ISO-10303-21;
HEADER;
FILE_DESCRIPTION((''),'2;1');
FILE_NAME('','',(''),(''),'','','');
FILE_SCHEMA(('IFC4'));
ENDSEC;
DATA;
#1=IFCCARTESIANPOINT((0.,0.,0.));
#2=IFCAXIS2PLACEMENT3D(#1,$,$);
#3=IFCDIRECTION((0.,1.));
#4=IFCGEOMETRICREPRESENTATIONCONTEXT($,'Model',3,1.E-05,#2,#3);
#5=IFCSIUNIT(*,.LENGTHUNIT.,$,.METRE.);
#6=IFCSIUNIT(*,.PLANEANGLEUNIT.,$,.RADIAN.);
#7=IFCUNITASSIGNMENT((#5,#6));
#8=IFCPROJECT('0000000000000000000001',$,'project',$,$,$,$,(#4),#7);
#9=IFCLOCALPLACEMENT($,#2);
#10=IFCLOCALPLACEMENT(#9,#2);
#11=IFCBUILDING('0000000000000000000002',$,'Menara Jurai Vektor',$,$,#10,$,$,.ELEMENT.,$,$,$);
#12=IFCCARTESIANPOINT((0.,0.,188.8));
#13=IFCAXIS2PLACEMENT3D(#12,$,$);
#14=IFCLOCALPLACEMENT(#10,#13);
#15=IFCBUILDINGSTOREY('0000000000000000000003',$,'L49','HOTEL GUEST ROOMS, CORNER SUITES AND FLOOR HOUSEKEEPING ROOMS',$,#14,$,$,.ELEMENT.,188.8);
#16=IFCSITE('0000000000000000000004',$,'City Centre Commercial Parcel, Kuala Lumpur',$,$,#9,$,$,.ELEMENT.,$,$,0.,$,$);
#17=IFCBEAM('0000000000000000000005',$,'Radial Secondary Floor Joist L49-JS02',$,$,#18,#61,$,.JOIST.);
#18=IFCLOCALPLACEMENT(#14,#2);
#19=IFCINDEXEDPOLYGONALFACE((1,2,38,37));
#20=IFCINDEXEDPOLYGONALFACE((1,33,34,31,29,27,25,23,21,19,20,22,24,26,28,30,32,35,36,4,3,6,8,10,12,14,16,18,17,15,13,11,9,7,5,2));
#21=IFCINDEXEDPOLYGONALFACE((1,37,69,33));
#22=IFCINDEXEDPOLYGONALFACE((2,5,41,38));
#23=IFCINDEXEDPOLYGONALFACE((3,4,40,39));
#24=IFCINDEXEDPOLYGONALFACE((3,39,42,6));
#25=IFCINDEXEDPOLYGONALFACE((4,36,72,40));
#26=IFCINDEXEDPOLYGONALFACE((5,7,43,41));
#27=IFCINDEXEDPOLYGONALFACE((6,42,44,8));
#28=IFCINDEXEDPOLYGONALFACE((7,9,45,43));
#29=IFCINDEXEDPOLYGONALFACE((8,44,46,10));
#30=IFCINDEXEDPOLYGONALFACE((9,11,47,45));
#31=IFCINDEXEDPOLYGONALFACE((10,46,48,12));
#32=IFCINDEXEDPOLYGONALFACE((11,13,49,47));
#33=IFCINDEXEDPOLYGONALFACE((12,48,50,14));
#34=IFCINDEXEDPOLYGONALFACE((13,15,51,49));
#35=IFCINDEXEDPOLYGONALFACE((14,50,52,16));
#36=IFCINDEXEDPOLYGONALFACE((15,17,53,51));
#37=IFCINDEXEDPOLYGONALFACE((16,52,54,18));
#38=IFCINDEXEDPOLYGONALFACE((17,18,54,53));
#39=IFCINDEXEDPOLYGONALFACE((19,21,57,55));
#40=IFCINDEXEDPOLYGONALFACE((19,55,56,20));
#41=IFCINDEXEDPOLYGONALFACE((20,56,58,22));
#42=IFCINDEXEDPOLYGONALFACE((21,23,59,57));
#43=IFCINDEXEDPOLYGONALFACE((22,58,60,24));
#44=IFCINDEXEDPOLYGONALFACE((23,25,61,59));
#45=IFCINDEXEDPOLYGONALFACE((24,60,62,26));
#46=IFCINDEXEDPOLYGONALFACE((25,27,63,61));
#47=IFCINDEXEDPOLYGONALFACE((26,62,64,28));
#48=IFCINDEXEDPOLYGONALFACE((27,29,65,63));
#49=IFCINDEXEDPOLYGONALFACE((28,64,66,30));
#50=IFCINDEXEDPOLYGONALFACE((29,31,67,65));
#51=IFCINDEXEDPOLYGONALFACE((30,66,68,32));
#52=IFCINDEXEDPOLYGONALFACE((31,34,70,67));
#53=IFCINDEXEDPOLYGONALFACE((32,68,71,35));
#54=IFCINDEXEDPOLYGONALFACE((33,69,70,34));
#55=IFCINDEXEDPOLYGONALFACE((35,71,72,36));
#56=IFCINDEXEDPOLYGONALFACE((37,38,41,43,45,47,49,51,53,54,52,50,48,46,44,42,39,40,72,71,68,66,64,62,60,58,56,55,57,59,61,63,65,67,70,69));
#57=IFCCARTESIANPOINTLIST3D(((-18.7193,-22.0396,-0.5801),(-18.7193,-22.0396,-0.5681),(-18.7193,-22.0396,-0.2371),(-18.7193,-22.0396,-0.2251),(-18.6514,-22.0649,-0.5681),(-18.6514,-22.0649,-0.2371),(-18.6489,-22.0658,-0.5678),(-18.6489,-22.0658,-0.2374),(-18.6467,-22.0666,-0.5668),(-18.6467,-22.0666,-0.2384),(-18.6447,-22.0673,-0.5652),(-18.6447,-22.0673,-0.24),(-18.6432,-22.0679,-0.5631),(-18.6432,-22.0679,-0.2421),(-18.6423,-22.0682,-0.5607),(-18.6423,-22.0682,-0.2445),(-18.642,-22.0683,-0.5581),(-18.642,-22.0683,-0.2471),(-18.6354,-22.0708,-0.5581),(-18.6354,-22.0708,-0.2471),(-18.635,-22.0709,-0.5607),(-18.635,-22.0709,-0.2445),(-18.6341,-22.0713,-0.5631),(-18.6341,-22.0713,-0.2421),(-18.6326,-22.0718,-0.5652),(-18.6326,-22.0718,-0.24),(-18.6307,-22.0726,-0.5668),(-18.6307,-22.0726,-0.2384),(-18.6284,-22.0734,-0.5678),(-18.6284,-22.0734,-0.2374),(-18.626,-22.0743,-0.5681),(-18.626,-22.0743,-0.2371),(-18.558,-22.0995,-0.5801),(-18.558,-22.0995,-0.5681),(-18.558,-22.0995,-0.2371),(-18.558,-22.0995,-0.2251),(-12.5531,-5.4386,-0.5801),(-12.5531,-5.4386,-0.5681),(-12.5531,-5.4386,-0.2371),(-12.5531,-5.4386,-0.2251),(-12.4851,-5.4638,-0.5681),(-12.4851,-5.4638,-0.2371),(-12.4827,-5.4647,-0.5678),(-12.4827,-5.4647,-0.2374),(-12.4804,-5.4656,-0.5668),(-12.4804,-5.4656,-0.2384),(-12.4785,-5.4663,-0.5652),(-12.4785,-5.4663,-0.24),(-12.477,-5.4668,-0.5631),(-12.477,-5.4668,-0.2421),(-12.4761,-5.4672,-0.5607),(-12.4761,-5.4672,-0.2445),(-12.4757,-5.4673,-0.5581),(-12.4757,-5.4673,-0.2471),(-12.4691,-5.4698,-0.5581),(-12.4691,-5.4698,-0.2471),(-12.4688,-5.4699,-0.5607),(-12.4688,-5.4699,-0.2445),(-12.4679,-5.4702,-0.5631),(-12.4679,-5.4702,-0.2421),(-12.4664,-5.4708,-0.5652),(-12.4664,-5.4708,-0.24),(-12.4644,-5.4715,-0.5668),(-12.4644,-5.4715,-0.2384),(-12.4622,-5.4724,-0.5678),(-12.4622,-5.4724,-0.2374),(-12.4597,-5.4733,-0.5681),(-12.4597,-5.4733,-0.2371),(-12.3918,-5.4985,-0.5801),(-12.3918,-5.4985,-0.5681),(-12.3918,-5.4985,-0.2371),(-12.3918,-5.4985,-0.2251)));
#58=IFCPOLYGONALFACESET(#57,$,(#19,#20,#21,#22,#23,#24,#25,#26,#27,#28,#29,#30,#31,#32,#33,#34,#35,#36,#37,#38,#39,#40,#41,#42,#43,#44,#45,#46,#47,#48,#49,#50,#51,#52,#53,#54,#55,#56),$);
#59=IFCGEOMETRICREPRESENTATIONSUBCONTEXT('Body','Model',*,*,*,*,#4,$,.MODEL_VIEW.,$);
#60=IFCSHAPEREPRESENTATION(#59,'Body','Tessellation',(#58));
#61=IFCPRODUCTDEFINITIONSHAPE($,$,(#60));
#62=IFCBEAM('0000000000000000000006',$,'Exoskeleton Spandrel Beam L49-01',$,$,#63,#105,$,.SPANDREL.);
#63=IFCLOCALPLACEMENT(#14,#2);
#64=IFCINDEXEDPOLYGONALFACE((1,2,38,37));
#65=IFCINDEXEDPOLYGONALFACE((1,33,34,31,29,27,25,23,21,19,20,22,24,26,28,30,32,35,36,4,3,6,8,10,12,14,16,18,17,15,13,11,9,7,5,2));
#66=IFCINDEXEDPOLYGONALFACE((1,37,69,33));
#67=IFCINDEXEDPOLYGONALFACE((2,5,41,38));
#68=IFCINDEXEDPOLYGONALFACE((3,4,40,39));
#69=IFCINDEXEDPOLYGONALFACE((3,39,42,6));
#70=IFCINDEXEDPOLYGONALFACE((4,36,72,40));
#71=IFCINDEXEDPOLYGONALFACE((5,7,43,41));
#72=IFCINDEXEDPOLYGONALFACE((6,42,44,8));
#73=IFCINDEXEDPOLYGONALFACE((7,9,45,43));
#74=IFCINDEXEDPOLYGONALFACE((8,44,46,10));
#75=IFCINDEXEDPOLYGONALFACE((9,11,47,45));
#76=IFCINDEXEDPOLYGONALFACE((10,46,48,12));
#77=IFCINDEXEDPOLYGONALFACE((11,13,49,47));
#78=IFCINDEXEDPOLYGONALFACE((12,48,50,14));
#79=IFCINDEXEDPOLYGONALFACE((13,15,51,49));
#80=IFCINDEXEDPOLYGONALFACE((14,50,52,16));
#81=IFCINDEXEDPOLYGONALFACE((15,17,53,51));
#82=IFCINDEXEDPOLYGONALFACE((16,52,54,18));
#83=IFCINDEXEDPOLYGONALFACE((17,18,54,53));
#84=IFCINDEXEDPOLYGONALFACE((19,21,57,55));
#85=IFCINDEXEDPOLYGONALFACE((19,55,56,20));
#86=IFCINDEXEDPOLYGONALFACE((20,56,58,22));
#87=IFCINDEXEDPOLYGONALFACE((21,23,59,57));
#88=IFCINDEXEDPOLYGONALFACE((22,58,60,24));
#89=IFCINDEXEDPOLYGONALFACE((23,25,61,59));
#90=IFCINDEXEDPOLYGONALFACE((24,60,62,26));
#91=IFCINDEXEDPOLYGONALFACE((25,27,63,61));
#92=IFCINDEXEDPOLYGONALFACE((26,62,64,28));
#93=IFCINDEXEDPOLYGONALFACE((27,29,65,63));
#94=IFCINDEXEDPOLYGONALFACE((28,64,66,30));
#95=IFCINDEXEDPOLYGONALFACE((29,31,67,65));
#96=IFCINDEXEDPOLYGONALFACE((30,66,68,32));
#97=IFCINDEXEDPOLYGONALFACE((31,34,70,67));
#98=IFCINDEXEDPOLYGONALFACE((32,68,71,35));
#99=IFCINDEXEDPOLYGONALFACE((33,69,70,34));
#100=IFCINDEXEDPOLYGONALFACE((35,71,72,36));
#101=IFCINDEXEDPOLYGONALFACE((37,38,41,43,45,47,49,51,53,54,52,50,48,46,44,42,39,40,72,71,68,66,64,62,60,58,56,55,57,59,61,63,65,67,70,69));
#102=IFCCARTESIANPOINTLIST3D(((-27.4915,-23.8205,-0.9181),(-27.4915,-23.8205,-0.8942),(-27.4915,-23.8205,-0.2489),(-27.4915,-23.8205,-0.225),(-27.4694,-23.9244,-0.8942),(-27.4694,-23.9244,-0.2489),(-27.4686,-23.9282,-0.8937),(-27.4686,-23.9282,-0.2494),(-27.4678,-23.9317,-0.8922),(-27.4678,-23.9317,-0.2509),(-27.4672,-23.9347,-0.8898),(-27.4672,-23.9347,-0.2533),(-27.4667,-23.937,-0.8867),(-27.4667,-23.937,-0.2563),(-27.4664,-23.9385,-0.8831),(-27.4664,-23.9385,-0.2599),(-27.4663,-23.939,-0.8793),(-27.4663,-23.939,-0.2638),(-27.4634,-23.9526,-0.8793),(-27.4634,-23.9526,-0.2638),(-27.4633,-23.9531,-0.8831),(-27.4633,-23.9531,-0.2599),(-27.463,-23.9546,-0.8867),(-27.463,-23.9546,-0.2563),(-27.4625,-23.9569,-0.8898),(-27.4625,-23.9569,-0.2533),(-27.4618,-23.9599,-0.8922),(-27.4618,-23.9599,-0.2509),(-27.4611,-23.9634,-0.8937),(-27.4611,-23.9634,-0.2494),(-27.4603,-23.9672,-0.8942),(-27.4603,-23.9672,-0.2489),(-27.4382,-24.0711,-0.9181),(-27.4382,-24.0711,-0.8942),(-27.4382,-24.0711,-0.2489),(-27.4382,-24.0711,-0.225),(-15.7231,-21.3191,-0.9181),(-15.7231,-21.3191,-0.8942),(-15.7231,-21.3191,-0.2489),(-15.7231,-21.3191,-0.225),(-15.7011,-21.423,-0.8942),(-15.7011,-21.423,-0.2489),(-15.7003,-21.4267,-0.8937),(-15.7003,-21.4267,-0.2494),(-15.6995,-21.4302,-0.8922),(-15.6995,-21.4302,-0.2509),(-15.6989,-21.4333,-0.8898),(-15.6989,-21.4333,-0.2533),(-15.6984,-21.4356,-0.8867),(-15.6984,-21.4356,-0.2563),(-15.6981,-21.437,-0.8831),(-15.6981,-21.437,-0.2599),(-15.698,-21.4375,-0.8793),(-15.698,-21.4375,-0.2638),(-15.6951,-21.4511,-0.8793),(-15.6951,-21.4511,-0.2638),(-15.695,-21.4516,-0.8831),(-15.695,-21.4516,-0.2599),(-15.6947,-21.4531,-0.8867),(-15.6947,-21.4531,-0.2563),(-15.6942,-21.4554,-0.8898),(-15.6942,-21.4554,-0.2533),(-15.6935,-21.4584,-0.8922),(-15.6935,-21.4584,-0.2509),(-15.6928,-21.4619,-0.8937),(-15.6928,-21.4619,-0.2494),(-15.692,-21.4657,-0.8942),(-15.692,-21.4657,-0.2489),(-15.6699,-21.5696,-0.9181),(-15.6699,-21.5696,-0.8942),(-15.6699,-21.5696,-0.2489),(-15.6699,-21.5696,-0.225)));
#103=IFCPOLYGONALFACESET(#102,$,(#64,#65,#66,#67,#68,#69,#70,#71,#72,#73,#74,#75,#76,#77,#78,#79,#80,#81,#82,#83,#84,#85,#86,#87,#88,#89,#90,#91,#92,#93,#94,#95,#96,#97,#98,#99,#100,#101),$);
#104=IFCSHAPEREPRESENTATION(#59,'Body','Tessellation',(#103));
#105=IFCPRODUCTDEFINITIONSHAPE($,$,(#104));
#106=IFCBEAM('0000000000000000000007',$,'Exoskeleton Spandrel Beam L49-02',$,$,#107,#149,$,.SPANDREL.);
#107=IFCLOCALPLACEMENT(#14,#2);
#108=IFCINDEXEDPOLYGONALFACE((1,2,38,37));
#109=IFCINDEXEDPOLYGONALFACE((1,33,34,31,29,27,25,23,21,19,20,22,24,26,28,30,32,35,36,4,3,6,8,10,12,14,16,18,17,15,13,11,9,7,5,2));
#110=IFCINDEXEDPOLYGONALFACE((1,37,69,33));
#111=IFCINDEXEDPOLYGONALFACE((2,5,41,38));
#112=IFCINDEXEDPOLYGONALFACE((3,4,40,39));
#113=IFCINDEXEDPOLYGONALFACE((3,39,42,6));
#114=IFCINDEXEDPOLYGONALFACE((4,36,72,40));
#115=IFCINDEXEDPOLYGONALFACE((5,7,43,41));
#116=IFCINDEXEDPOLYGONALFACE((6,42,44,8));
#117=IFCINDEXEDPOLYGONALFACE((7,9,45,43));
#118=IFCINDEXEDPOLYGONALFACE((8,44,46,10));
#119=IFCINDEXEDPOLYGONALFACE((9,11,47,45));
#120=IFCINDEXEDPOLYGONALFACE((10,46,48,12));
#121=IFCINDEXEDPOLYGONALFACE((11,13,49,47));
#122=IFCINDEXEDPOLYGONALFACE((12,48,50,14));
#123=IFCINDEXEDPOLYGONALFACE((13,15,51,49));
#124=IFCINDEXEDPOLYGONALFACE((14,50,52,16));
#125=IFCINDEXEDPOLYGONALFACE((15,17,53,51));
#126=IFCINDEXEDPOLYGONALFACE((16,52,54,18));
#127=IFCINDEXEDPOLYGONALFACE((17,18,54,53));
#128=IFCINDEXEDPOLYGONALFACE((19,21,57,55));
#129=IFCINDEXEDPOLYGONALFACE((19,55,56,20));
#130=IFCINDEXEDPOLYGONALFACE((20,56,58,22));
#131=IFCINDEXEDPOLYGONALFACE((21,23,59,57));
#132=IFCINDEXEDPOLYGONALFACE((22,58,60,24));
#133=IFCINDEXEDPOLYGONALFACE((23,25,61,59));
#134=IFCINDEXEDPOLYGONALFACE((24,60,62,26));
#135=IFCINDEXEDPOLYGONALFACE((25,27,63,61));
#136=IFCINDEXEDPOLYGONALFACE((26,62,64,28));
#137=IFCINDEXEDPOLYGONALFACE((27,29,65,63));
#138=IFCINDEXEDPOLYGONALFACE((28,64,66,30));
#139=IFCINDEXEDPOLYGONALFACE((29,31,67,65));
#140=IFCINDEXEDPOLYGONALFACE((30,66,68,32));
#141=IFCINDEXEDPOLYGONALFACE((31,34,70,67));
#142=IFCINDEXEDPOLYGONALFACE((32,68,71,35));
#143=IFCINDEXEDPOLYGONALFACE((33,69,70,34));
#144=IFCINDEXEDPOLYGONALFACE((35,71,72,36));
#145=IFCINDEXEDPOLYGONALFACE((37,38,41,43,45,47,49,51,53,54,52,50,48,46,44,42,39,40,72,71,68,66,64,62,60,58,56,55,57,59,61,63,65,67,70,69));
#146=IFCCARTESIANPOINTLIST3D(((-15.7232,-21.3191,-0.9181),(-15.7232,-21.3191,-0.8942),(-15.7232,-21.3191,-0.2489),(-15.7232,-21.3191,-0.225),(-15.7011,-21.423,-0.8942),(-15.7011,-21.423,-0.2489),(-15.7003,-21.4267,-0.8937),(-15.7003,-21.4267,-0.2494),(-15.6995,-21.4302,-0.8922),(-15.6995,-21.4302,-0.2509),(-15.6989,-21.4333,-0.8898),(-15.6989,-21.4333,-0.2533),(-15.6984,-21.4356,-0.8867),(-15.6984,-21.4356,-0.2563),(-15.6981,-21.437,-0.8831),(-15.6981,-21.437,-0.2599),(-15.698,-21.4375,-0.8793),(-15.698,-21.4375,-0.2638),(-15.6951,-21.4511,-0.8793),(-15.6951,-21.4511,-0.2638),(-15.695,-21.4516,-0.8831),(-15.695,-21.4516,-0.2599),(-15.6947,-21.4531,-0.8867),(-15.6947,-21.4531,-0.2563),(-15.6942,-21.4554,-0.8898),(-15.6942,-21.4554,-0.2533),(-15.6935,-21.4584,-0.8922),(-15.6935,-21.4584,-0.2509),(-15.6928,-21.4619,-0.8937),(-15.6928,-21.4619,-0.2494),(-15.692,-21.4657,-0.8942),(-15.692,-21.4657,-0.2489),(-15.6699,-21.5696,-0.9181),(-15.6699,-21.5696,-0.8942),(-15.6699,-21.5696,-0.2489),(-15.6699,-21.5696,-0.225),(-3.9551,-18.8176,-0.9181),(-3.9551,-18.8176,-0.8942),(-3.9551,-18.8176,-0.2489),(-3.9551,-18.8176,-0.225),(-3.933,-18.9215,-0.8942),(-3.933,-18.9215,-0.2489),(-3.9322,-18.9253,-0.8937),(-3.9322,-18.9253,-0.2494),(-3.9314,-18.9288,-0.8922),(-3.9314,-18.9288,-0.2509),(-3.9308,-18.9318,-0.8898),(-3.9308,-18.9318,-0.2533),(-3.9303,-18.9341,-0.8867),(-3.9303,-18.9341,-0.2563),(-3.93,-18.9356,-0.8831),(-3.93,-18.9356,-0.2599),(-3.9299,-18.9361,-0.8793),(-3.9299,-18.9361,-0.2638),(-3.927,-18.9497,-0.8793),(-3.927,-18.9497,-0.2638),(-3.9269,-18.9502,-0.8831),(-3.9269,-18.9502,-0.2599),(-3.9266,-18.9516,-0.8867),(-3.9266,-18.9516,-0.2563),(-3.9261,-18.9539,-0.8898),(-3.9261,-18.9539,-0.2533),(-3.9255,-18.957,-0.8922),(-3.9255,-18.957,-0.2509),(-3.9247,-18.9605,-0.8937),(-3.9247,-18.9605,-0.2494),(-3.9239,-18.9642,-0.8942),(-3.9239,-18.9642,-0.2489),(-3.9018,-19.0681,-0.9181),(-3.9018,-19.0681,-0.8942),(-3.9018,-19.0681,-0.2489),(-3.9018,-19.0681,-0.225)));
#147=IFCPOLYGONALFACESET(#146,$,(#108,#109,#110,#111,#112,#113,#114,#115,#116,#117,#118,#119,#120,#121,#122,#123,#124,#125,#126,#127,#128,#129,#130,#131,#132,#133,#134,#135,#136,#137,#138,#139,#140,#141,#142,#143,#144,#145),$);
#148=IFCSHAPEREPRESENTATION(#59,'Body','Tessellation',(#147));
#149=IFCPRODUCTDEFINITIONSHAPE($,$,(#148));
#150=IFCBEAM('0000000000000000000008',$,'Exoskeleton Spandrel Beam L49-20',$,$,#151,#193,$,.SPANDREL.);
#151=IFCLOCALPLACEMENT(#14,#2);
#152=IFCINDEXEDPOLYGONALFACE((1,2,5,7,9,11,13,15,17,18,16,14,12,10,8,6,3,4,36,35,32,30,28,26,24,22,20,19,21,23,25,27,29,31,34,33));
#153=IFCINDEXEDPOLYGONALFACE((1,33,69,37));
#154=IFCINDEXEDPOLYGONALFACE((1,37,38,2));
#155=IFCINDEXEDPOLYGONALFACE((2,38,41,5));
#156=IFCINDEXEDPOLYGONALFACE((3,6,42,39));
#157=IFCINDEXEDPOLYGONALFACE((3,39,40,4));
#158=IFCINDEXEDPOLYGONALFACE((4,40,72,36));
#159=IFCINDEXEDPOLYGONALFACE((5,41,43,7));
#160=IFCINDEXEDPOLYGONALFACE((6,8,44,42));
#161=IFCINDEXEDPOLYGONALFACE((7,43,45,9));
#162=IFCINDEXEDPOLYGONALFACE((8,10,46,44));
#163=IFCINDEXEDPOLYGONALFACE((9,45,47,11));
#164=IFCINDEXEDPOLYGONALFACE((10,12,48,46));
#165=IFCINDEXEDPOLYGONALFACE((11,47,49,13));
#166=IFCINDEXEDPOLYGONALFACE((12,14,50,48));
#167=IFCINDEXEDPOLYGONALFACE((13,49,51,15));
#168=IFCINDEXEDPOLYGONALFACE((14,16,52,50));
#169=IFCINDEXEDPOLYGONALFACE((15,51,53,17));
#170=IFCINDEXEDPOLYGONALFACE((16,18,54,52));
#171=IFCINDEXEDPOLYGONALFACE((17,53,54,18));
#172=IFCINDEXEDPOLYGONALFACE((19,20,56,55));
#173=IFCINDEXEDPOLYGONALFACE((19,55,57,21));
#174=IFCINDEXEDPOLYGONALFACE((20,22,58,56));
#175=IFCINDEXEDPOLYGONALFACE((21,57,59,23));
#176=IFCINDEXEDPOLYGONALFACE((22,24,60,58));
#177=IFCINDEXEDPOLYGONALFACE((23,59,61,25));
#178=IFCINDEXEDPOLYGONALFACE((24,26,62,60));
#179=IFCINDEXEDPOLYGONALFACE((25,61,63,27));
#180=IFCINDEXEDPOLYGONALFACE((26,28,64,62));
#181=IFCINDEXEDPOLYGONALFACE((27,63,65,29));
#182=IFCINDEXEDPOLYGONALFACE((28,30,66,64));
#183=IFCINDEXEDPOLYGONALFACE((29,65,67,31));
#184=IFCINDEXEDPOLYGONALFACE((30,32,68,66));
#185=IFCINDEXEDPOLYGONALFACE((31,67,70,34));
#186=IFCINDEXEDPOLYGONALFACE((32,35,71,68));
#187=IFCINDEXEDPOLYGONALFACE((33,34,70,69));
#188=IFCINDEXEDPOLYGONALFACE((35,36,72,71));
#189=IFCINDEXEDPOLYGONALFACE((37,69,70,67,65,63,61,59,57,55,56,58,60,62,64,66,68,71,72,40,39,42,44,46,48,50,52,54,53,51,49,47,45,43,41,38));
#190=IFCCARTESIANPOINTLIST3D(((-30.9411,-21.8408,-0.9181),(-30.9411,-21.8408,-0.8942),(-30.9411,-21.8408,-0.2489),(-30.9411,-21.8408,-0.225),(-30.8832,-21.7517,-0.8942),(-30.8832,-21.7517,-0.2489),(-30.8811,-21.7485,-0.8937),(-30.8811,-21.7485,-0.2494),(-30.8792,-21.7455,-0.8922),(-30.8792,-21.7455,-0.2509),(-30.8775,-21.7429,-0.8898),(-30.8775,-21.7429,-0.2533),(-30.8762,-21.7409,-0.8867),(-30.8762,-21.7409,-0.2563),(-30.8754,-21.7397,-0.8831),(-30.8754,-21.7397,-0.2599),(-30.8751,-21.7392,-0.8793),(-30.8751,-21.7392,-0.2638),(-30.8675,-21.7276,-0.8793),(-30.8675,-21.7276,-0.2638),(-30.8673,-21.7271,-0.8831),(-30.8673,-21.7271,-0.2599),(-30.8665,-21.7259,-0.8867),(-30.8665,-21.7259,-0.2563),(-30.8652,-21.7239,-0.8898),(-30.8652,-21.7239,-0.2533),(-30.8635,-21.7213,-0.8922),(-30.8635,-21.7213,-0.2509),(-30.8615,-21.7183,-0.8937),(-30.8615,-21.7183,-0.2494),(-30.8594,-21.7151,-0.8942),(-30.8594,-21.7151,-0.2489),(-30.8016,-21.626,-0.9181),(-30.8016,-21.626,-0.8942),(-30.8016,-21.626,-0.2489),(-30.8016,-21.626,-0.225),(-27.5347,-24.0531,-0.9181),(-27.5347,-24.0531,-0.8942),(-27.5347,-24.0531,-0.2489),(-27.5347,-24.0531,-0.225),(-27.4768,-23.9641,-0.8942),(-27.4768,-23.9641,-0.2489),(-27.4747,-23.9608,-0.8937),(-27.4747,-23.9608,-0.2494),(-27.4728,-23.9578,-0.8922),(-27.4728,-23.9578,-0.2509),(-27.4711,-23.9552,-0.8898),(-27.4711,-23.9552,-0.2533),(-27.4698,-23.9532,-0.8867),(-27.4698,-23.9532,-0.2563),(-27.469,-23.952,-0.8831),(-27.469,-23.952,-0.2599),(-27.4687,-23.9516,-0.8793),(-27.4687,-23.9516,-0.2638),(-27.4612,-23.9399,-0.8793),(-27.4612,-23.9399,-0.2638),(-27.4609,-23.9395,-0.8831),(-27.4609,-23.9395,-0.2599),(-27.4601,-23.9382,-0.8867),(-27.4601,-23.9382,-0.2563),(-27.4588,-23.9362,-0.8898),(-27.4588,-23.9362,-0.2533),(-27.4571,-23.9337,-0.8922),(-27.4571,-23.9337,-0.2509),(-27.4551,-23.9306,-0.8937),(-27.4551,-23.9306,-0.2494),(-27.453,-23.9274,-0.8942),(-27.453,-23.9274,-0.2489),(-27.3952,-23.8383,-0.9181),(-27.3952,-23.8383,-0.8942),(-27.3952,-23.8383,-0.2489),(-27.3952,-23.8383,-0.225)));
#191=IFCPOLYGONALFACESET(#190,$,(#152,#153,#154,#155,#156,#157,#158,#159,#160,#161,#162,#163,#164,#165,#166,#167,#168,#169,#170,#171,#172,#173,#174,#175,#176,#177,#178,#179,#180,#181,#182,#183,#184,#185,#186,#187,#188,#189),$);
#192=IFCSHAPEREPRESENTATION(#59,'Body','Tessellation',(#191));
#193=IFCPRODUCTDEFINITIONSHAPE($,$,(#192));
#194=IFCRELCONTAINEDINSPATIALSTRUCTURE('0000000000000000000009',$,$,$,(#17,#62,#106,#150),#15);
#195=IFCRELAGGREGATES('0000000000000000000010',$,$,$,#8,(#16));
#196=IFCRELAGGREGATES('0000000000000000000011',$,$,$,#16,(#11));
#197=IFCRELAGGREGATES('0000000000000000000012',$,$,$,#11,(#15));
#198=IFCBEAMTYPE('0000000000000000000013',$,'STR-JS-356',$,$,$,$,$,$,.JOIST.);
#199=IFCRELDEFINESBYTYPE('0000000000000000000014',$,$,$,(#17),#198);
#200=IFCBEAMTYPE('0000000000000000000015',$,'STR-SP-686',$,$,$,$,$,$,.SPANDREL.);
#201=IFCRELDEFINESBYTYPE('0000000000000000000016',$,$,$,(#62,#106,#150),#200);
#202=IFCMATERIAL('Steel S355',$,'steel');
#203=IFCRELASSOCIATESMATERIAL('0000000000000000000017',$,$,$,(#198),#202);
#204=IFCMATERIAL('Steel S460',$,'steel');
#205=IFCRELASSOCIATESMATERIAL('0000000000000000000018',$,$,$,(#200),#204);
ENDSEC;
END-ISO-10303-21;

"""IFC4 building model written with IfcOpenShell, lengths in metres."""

from ifc_helpers import new_model, si_unit, direction, frame, origin, origin_2d, place, context, subcontext, project, spatial, i_section, extrude, material, material_profile, profile_set, type_object, element, save


model = new_model("IFC4")

# Units and contexts
model_context = context("Model", 3, precision=1e-05, world=origin(), true_north=direction((0.0, 1.0)))
body_context = subcontext(model_context, "Body", "Model", "MODEL_VIEW")
ifc_project = project(units=[si_unit("LENGTHUNIT", "METRE"), si_unit("PLANEANGLEUNIT", "RADIAN")], contexts=[model_context])

# Site, building, storey
site_placement = place(None, origin())
site = spatial("IfcSite", under=ifc_project, at=site_placement, Name="City Centre Commercial Parcel, Kuala Lumpur", CompositionType="ELEMENT", RefElevation=0.0)
building_placement = place(site_placement, origin())
building = spatial("IfcBuilding", under=site, at=building_placement, Name="Menara Jurai Vektor", CompositionType="ELEMENT")
storey_placement = place(building_placement, frame((0.0, 0.0, 188.8)))
storey = spatial("IfcBuildingStorey", under=building, at=storey_placement, Name="L49", Description="HOTEL GUEST ROOMS, CORNER SUITES AND FLOOR HOUSEKEEPING ROOMS", CompositionType="ELEMENT", Elevation=188.8)

# Shared definitions
ifc_material_1 = material(Name="Steel S460", Category="steel")

# Shared definitions
ifc_material_2 = material(Name="Steel S355", Category="steel")

# Beams
ifc_material_profile_1 = material_profile(ifc_material_2, i_section(OverallWidth=0.1721, OverallDepth=0.355, WebThickness=0.0071, FlangeThickness=0.012, FilletRadius=0.01, at=origin_2d()), Name="UKB 356x171x51")
ifc_profile_set_1 = profile_set([ifc_material_profile_1], Name="Steel S355")
beam_type_1 = type_object("IfcBeamType", Name="STR-JS-356", PredefinedType="JOIST", material=ifc_profile_set_1)
beam_1_placement = place(storey_placement, frame((-18.6387, -22.0696, -0.4026), z_axis=(0.348194, 0.937423, 0.0), x_axis=(-0.937423, 0.348194, 0.0)))
element("IfcBeam", 1, at=beam_1_placement, inside=storey, type_object=beam_type_1, Name="Radial Secondary Floor Joist L49-JS02", PredefinedType="JOIST", context=body_context, shape_type="SweptSolid", body=[
    extrude(i_section(OverallWidth=0.1721, OverallDepth=0.355, WebThickness=0.0071, FlangeThickness=0.012, FilletRadius=0.01, at=origin_2d()), origin(), (0.0, 0.0, 1.0), 17.7092),
])
ifc_material_profile_2 = material_profile(ifc_material_1, i_section(OverallWidth=0.2561, OverallDepth=0.6931, WebThickness=0.0139, FlangeThickness=0.0239, FilletRadius=0.0149, at=origin_2d()), Name="UKB 686x254x170")
ifc_profile_set_2 = profile_set([ifc_material_profile_2], Name="Steel S460")
beam_type_2 = type_object("IfcBeamType", Name="STR-SP-686", PredefinedType="SPANDREL", material=ifc_profile_set_2)
beam_2_placement = place(storey_placement, frame((-27.4648, -23.9458, -0.5715), z_axis=(0.978147, 0.207914, 0.0), x_axis=(-0.207914, 0.978147, 0.0)))
element("IfcBeam", 2, at=beam_2_placement, inside=storey, type_object=beam_type_2, Name="Exoskeleton Spandrel Beam L49-01", PredefinedType="SPANDREL", context=body_context, shape_type="SweptSolid", body=[
    extrude(i_section(OverallWidth=0.2561, OverallDepth=0.6931, WebThickness=0.0139, FlangeThickness=0.0239, FilletRadius=0.0149, at=origin_2d()), origin(), (0.0, 0.0, 1.0), 12.0312),
])
beam_3_placement = place(storey_placement, frame((-15.6965, -21.4443, -0.5715), z_axis=(0.978146, 0.207918, 0.0), x_axis=(-0.207918, 0.978146, 0.0)))
element("IfcBeam", 3, at=beam_3_placement, inside=storey, type_object=beam_type_2, Name="Exoskeleton Spandrel Beam L49-02", PredefinedType="SPANDREL", context=body_context, shape_type="SweptSolid", body=[
    extrude(i_section(OverallWidth=0.2561, OverallDepth=0.6931, WebThickness=0.0139, FlangeThickness=0.0239, FilletRadius=0.0149, at=origin_2d()), origin(), (0.0, 0.0, 1.0), 12.031),
])
beam_4_placement = place(storey_placement, frame((-30.8713, -21.7334, -0.5715), z_axis=(0.838648, -0.544674, 0.0), x_axis=(0.544674, 0.838648, 0.0)))
element("IfcBeam", 4, at=beam_4_placement, inside=storey, type_object=beam_type_2, Name="Exoskeleton Spandrel Beam L49-20", PredefinedType="SPANDREL", context=body_context, shape_type="SweptSolid", body=[
    extrude(i_section(OverallWidth=0.2561, OverallDepth=0.6931, WebThickness=0.0139, FlangeThickness=0.0239, FilletRadius=0.0149, at=origin_2d()), origin(), (0.0, 0.0, 1.0), 4.0618),
])

save(model, "model.ifc")
